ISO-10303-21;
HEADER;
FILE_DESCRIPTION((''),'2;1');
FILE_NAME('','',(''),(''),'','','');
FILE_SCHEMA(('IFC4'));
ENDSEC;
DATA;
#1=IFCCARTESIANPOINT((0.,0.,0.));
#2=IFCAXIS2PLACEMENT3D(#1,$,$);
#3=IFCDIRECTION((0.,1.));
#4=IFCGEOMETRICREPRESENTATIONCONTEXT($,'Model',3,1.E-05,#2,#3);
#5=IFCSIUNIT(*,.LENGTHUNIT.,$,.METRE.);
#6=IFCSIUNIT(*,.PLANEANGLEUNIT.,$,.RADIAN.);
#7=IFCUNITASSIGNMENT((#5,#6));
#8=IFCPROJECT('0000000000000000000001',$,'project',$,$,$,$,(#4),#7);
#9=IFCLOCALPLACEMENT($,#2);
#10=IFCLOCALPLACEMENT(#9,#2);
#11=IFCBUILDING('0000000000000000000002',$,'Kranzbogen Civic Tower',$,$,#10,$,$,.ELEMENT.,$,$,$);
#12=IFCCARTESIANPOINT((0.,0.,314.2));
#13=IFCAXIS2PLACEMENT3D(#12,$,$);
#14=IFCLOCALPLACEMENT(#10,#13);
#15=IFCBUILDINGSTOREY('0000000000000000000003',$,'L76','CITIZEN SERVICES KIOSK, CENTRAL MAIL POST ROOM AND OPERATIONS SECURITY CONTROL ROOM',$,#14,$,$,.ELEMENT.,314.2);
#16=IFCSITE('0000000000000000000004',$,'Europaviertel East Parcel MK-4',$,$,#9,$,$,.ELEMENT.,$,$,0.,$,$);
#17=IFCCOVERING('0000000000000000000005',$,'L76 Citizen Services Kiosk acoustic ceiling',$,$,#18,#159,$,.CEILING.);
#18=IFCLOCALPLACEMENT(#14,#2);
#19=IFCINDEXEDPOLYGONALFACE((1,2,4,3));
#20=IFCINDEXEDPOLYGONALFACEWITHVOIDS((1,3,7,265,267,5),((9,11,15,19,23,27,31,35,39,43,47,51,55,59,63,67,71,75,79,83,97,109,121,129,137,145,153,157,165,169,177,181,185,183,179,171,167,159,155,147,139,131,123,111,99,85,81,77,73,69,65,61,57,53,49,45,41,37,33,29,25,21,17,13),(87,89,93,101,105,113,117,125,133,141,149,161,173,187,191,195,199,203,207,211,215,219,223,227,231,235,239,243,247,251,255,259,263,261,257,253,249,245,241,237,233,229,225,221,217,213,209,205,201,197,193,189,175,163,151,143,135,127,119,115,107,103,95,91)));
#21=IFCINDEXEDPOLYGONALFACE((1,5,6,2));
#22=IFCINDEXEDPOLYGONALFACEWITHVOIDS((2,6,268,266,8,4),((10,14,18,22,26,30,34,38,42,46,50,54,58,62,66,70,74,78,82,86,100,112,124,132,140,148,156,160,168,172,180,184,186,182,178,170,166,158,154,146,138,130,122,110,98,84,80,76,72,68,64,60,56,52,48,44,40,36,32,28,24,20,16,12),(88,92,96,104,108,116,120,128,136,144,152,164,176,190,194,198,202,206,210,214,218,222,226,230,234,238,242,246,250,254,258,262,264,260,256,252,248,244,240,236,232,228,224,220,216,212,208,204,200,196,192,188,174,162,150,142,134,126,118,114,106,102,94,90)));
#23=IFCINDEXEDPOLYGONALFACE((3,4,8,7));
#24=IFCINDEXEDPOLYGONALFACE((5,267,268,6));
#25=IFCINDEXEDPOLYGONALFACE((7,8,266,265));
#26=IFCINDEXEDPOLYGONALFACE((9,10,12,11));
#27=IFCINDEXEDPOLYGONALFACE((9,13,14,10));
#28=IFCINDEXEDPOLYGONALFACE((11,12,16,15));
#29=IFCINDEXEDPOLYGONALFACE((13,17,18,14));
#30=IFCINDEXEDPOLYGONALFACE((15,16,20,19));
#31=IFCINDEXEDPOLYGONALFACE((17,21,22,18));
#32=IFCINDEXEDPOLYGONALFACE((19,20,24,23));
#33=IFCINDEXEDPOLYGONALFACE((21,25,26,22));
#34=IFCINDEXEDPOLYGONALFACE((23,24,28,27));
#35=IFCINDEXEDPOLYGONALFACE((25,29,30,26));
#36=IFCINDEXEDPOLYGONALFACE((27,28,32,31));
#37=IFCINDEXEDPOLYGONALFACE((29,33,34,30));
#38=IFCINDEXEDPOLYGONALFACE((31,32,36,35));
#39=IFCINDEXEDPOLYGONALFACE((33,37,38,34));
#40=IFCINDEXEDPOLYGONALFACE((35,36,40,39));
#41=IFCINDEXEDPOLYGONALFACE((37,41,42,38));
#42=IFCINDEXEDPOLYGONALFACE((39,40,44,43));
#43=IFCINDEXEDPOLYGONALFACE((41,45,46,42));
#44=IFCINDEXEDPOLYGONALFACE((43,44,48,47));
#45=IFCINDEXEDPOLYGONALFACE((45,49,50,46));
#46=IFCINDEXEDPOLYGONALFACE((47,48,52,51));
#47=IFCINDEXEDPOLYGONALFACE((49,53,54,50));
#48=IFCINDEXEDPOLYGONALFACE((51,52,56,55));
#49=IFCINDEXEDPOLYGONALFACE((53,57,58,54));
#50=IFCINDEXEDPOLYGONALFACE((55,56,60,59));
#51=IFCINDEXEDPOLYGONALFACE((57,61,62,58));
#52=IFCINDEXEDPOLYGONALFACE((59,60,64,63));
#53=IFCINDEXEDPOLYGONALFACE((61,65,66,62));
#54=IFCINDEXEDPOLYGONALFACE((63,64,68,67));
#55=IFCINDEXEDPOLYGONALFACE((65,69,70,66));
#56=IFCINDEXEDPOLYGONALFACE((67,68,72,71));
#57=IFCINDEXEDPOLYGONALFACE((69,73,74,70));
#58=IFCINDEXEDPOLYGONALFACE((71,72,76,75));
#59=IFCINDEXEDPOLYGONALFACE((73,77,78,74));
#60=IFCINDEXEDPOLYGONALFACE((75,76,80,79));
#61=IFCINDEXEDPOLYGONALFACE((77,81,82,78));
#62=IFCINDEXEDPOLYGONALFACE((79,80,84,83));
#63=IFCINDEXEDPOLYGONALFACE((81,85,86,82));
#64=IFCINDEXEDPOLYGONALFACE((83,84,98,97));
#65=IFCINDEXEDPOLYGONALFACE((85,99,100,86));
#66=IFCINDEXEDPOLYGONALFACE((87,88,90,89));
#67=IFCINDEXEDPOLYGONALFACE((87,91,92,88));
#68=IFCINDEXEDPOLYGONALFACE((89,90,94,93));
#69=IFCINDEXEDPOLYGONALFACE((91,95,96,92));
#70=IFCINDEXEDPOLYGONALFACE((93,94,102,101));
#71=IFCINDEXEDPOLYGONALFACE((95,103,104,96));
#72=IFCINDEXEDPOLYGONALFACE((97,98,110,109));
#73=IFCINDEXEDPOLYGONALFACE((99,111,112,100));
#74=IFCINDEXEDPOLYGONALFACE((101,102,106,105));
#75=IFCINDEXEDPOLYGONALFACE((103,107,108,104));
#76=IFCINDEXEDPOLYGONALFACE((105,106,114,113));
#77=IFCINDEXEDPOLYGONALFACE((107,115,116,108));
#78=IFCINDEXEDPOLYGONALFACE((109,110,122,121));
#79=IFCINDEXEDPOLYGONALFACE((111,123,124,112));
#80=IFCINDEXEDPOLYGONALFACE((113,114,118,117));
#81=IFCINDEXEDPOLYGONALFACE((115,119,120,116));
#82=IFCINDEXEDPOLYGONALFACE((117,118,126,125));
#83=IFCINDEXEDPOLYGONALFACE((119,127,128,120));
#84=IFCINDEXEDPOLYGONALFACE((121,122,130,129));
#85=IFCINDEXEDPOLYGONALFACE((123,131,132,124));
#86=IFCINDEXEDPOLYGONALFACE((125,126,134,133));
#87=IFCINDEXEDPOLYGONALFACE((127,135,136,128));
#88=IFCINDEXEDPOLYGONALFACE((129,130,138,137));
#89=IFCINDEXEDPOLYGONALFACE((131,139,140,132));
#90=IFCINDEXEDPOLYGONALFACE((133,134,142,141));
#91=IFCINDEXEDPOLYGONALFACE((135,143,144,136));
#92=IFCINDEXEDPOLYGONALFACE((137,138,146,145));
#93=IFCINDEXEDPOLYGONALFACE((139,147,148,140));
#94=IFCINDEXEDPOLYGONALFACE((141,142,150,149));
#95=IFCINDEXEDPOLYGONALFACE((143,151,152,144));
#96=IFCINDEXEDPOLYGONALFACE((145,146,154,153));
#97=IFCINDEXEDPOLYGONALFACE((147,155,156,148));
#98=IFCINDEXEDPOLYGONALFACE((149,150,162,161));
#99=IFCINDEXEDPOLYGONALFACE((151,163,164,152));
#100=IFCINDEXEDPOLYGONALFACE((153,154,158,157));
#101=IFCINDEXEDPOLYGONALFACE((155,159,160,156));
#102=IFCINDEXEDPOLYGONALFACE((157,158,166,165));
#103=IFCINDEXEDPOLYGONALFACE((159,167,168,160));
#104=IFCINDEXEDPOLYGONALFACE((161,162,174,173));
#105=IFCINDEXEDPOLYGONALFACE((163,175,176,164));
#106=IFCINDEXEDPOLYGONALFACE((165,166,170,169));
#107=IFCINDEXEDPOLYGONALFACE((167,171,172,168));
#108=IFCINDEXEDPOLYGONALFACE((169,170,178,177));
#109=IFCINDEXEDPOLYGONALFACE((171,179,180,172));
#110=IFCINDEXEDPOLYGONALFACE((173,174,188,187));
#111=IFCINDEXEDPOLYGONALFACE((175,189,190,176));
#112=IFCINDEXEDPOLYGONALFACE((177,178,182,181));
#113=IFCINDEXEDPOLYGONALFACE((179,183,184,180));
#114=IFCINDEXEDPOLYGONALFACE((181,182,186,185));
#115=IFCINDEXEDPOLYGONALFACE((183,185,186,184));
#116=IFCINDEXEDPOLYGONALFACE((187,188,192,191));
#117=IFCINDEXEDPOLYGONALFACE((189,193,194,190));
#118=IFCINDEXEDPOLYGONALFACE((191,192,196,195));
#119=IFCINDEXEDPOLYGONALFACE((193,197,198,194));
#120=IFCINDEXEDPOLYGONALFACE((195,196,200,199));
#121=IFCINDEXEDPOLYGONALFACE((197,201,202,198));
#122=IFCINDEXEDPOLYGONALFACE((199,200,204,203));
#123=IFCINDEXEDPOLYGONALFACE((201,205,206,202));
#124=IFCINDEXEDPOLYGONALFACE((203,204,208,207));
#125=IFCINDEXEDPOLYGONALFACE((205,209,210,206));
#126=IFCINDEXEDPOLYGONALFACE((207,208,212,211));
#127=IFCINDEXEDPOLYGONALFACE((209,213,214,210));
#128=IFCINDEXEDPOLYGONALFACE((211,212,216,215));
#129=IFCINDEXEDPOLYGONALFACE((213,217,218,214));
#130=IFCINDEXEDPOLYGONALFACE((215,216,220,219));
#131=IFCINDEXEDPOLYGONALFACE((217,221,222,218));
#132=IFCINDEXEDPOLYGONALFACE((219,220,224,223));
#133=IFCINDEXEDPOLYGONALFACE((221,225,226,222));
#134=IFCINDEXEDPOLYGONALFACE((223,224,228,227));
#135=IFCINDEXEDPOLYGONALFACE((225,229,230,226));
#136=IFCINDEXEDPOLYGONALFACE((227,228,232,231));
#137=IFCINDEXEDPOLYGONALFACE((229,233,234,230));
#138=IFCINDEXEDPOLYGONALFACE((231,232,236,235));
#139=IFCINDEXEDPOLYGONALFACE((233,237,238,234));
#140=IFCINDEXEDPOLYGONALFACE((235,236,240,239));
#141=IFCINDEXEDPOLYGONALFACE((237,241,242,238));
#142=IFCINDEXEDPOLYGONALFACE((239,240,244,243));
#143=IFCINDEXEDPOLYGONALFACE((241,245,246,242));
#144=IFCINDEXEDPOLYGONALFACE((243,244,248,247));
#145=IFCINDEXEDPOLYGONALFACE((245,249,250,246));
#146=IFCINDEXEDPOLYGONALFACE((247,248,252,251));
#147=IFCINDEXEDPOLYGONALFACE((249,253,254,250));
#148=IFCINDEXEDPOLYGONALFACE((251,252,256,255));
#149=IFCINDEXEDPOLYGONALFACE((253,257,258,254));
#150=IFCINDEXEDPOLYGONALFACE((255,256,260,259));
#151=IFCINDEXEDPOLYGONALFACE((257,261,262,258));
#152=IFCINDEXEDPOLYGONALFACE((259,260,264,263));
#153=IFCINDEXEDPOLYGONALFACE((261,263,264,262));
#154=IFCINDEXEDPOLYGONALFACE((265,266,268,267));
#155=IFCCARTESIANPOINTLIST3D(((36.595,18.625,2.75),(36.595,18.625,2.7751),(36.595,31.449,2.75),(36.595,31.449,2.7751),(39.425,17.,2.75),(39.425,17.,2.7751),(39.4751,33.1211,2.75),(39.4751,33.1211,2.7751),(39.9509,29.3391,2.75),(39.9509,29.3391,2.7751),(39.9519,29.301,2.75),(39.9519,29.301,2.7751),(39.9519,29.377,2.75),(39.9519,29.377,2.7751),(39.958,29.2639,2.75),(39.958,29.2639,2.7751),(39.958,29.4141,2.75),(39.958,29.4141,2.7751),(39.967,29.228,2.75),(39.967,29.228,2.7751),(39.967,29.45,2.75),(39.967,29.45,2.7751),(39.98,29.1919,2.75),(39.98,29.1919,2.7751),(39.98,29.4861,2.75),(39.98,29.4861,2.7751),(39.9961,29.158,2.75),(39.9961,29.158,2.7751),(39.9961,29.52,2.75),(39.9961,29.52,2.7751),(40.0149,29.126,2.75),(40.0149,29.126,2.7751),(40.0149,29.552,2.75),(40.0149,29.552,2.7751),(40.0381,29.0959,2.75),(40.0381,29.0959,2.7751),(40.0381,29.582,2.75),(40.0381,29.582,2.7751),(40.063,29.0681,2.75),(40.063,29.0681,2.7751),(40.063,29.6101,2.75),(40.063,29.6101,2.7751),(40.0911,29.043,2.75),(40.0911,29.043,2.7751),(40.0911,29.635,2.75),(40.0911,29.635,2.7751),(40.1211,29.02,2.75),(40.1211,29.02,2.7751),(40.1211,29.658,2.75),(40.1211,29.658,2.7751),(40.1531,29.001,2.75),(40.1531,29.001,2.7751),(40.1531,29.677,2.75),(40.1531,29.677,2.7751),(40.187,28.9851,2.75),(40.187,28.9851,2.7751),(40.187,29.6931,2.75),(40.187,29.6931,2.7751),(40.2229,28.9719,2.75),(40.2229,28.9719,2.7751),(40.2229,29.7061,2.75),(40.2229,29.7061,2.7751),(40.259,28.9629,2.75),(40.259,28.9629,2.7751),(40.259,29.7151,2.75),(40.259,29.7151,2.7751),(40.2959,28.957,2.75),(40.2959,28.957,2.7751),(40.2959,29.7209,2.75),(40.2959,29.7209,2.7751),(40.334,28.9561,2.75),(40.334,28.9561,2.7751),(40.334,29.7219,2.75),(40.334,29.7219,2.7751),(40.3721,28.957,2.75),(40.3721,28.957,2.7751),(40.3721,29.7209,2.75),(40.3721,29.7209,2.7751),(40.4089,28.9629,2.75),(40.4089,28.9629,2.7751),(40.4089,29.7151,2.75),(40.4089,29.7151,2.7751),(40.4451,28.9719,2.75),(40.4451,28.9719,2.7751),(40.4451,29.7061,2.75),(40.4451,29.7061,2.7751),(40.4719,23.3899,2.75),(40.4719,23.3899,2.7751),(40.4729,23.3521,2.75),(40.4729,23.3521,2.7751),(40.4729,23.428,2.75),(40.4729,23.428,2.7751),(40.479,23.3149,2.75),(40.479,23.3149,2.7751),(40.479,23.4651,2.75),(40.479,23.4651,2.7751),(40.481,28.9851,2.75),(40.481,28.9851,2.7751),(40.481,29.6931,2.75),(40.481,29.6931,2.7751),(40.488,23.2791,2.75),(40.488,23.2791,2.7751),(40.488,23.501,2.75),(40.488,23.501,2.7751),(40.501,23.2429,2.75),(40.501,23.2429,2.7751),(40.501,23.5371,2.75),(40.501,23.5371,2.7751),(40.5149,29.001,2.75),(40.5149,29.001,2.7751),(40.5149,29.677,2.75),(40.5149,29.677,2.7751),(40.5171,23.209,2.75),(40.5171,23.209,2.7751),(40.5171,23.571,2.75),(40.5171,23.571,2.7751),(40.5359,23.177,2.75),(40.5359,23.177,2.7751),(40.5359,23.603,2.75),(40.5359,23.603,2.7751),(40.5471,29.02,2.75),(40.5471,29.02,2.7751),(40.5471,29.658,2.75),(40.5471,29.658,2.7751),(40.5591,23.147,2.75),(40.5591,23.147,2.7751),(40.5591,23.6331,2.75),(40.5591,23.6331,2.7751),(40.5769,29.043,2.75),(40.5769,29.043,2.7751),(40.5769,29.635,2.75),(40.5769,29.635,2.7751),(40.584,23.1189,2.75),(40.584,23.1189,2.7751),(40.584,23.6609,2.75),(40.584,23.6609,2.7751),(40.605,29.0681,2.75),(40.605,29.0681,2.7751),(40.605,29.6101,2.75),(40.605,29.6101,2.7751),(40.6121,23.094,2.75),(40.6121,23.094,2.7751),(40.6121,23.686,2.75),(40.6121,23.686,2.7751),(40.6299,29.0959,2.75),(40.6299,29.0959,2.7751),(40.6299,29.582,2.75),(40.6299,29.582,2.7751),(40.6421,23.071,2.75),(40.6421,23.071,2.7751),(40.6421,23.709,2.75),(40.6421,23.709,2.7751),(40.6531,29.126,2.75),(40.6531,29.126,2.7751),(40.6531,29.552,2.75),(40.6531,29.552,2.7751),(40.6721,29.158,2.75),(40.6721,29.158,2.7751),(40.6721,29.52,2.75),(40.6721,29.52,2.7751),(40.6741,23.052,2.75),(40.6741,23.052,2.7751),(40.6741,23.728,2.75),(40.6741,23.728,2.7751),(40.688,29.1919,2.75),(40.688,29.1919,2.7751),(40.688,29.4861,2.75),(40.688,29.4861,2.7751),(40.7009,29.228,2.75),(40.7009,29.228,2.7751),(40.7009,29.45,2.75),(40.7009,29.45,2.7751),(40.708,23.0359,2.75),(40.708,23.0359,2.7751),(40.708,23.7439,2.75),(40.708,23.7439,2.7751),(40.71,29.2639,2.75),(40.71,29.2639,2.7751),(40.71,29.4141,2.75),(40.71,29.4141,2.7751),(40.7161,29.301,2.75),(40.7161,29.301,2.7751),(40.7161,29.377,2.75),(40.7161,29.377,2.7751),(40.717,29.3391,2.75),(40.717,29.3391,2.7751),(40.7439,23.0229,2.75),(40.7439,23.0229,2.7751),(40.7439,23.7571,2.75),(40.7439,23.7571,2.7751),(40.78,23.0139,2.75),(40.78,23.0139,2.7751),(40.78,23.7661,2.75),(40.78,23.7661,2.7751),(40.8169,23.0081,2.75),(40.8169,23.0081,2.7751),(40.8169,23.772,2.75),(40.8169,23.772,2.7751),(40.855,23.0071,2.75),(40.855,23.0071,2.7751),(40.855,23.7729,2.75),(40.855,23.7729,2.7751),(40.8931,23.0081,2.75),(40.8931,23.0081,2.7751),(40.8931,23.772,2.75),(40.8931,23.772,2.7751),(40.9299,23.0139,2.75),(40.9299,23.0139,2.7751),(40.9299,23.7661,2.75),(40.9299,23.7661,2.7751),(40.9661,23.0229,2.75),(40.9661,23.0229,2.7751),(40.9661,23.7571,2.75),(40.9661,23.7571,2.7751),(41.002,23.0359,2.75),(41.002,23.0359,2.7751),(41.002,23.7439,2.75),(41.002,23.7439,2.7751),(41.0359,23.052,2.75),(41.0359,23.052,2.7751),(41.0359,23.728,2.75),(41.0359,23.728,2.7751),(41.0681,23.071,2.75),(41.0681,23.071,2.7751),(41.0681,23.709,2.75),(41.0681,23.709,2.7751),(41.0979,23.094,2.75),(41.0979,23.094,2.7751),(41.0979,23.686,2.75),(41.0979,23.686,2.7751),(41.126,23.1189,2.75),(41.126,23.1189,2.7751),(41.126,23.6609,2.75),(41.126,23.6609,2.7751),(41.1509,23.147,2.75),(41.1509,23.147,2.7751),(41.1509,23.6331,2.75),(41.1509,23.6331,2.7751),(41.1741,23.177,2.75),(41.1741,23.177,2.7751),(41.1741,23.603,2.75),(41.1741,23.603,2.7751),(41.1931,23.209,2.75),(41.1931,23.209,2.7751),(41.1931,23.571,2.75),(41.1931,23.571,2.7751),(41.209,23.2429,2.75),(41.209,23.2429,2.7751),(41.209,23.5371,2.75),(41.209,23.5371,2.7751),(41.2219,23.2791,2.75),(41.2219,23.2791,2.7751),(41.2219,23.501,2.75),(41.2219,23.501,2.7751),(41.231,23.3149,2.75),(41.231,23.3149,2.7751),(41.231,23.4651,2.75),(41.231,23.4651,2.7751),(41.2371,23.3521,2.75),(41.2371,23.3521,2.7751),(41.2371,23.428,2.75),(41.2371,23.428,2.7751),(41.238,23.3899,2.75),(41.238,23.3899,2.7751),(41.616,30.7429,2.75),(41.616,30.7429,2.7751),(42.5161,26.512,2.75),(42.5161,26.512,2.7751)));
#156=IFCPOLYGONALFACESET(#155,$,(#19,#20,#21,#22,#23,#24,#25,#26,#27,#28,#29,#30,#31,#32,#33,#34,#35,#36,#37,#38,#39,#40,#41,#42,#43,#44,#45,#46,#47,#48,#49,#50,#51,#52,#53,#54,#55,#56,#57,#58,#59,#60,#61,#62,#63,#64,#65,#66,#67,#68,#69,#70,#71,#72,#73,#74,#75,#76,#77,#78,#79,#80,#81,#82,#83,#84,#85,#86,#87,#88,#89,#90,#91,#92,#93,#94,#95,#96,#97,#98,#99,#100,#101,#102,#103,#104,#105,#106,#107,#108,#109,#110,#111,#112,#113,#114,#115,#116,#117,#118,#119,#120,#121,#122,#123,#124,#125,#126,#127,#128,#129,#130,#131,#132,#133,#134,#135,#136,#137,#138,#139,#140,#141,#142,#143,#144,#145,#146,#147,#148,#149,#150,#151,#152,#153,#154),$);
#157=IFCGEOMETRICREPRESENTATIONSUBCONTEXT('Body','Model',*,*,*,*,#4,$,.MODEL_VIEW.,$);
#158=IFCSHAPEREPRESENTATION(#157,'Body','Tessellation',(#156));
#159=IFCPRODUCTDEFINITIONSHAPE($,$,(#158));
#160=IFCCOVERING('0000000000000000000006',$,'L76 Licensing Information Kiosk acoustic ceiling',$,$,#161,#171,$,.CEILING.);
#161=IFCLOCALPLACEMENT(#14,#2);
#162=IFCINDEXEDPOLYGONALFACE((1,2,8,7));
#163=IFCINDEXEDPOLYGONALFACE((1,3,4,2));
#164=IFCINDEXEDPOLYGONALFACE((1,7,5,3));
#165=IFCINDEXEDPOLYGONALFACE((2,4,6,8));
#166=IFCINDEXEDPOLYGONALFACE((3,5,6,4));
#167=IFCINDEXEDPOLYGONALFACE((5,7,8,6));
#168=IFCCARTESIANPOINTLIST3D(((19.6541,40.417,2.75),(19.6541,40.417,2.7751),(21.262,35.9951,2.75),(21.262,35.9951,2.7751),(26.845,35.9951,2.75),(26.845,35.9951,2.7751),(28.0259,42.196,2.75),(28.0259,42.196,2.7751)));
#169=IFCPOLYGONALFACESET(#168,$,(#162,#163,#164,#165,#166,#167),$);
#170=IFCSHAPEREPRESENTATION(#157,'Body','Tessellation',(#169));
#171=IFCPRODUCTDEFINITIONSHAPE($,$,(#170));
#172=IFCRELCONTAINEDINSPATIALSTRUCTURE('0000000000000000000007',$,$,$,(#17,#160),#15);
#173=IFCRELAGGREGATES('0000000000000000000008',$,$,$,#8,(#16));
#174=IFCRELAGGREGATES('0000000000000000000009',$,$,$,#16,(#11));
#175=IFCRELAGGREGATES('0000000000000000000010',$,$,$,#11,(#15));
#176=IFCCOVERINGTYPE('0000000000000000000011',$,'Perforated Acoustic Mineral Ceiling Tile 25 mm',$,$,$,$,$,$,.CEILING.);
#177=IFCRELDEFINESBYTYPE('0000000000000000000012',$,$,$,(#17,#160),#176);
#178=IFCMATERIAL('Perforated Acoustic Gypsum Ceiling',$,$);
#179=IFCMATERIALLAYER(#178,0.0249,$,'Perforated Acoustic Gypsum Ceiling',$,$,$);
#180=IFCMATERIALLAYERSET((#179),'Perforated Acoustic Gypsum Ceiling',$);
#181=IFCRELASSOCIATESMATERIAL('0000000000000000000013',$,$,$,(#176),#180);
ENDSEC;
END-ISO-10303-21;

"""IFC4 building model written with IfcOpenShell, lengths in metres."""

from ifc_helpers import new_model, si_unit, direction, frame, origin, place, context, subcontext, project, spatial, polyline, outline, extrude, material, layer, layer_set, type_object, element, save


model = new_model("IFC4")

# Units and contexts
model_context = context("Model", 3, precision=1e-05, world=origin(), true_north=direction((0.0, 1.0)))
body_context = subcontext(model_context, "Body", "Model", "MODEL_VIEW")
ifc_project = project(units=[si_unit("LENGTHUNIT", "METRE"), si_unit("PLANEANGLEUNIT", "RADIAN")], contexts=[model_context])

# Site, building, storey
site_placement = place(None, origin())
site = spatial("IfcSite", under=ifc_project, at=site_placement, Name="Europaviertel East Parcel MK-4", CompositionType="ELEMENT", RefElevation=0.0)
building_placement = place(site_placement, origin())
building = spatial("IfcBuilding", under=site, at=building_placement, Name="Kranzbogen Civic Tower", CompositionType="ELEMENT")
storey_placement = place(building_placement, frame((0.0, 0.0, 314.2)))
storey = spatial("IfcBuildingStorey", under=building, at=storey_placement, Name="L76", Description="CITIZEN SERVICES KIOSK, CENTRAL MAIL POST ROOM AND OPERATIONS SECURITY CONTROL ROOM", CompositionType="ELEMENT", Elevation=314.2)

# Coverings
ifc_material_1 = material(Name="Perforated Acoustic Gypsum Ceiling")
ifc_layer_1 = layer(ifc_material_1, 0.0249, Name="Perforated Acoustic Gypsum Ceiling")
ifc_layer_set_1 = layer_set([ifc_layer_1], Name="Perforated Acoustic Gypsum Ceiling")
covering_type_1 = type_object("IfcCoveringType", Name="Perforated Acoustic Mineral Ceiling Tile 25 mm", PredefinedType="CEILING", material=ifc_layer_set_1)
covering_1_placement = place(storey_placement, frame((0.0, 0.0, 2.75)))
element("IfcCovering", 1, at=covering_1_placement, inside=storey, type_object=covering_type_1, Name="L76 Citizen Services Kiosk acoustic ceiling", PredefinedType="CEILING", context=body_context, shape_type="SweptSolid", body=[
    extrude(outline(polyline([(42.5161, 26.512), (39.425, 17.0), (36.595, 18.625), (36.595, 31.449), (39.4751, 33.1211), (41.616, 30.7429), (42.5161, 26.512)]), holes=[polyline([(41.209, 23.2429), (41.1931, 23.209), (41.1741, 23.177), (41.1509, 23.147), (41.126, 23.1189), (41.0979, 23.094), (41.0681, 23.071), (41.0359, 23.052), (41.002, 23.0359), (40.9661, 23.0229), (40.9299, 23.0139), (40.8931, 23.0081), (40.855, 23.0071), (40.8169, 23.0081), (40.78, 23.0139), (40.7439, 23.0229), (40.708, 23.0359), (40.6741, 23.052), (40.6421, 23.071), (40.6121, 23.094), (40.584, 23.1189), (40.5591, 23.147), (40.5359, 23.177), (40.5171, 23.209), (40.501, 23.2429), (40.488, 23.2791), (40.479, 23.3149), (40.4729, 23.3521), (40.4719, 23.3899), (40.4729, 23.428), (40.479, 23.4651), (40.488, 23.501), (40.501, 23.5371), (40.5171, 23.571), (40.5359, 23.603), (40.5591, 23.6331), (40.584, 23.6609), (40.6121, 23.686), (40.6421, 23.709), (40.6741, 23.728), (40.708, 23.7439), (40.7439, 23.7571), (40.78, 23.7661), (40.8169, 23.772), (40.855, 23.7729), (40.8931, 23.772), (40.9299, 23.7661), (40.9661, 23.7571), (41.002, 23.7439), (41.0359, 23.728), (41.0681, 23.709), (41.0979, 23.686), (41.126, 23.6609), (41.1509, 23.6331), (41.1741, 23.603), (41.1931, 23.571), (41.209, 23.5371), (41.2219, 23.501), (41.231, 23.4651), (41.2371, 23.428), (41.238, 23.3899), (41.2371, 23.3521), (41.231, 23.3149), (41.2219, 23.2791), (41.209, 23.2429)]), polyline([(40.688, 29.1919), (40.6721, 29.158), (40.6531, 29.126), (40.6299, 29.0959), (40.605, 29.0681), (40.5769, 29.043), (40.5471, 29.02), (40.5149, 29.001), (40.481, 28.9851), (40.4451, 28.9719), (40.4089, 28.9629), (40.3721, 28.957), (40.334, 28.9561), (40.2959, 28.957), (40.259, 28.9629), (40.2229, 28.9719), (40.187, 28.9851), (40.1531, 29.001), (40.1211, 29.02), (40.0911, 29.043), (40.063, 29.0681), (40.0381, 29.0959), (40.0149, 29.126), (39.9961, 29.158), (39.98, 29.1919), (39.967, 29.228), (39.958, 29.2639), (39.9519, 29.301), (39.9509, 29.3391), (39.9519, 29.377), (39.958, 29.4141), (39.967, 29.45), (39.98, 29.4861), (39.9961, 29.52), (40.0149, 29.552), (40.0381, 29.582), (40.063, 29.6101), (40.0911, 29.635), (40.1211, 29.658), (40.1531, 29.677), (40.187, 29.6931), (40.2229, 29.7061), (40.259, 29.7151), (40.2959, 29.7209), (40.334, 29.7219), (40.3721, 29.7209), (40.4089, 29.7151), (40.4451, 29.7061), (40.481, 29.6931), (40.5149, 29.677), (40.5471, 29.658), (40.5769, 29.635), (40.605, 29.6101), (40.6299, 29.582), (40.6531, 29.552), (40.6721, 29.52), (40.688, 29.4861), (40.7009, 29.45), (40.71, 29.4141), (40.7161, 29.377), (40.717, 29.3391), (40.7161, 29.301), (40.71, 29.2639), (40.7009, 29.228), (40.688, 29.1919)])]), origin(), (0.0, 0.0, 1.0), 0.0251),
])
covering_2_placement = place(storey_placement, frame((0.0, 0.0, 2.75)))
element("IfcCovering", 2, at=covering_2_placement, inside=storey, type_object=covering_type_1, Name="L76 Licensing Information Kiosk acoustic ceiling", PredefinedType="CEILING", context=body_context, shape_type="SweptSolid", body=[
    extrude(outline(polyline([(26.845, 35.9951), (21.262, 35.9951), (19.6541, 40.417), (28.0259, 42.196), (26.845, 35.9951)])), origin(), (0.0, 0.0, 1.0), 0.0251),
])

save(model, "model.ifc")
